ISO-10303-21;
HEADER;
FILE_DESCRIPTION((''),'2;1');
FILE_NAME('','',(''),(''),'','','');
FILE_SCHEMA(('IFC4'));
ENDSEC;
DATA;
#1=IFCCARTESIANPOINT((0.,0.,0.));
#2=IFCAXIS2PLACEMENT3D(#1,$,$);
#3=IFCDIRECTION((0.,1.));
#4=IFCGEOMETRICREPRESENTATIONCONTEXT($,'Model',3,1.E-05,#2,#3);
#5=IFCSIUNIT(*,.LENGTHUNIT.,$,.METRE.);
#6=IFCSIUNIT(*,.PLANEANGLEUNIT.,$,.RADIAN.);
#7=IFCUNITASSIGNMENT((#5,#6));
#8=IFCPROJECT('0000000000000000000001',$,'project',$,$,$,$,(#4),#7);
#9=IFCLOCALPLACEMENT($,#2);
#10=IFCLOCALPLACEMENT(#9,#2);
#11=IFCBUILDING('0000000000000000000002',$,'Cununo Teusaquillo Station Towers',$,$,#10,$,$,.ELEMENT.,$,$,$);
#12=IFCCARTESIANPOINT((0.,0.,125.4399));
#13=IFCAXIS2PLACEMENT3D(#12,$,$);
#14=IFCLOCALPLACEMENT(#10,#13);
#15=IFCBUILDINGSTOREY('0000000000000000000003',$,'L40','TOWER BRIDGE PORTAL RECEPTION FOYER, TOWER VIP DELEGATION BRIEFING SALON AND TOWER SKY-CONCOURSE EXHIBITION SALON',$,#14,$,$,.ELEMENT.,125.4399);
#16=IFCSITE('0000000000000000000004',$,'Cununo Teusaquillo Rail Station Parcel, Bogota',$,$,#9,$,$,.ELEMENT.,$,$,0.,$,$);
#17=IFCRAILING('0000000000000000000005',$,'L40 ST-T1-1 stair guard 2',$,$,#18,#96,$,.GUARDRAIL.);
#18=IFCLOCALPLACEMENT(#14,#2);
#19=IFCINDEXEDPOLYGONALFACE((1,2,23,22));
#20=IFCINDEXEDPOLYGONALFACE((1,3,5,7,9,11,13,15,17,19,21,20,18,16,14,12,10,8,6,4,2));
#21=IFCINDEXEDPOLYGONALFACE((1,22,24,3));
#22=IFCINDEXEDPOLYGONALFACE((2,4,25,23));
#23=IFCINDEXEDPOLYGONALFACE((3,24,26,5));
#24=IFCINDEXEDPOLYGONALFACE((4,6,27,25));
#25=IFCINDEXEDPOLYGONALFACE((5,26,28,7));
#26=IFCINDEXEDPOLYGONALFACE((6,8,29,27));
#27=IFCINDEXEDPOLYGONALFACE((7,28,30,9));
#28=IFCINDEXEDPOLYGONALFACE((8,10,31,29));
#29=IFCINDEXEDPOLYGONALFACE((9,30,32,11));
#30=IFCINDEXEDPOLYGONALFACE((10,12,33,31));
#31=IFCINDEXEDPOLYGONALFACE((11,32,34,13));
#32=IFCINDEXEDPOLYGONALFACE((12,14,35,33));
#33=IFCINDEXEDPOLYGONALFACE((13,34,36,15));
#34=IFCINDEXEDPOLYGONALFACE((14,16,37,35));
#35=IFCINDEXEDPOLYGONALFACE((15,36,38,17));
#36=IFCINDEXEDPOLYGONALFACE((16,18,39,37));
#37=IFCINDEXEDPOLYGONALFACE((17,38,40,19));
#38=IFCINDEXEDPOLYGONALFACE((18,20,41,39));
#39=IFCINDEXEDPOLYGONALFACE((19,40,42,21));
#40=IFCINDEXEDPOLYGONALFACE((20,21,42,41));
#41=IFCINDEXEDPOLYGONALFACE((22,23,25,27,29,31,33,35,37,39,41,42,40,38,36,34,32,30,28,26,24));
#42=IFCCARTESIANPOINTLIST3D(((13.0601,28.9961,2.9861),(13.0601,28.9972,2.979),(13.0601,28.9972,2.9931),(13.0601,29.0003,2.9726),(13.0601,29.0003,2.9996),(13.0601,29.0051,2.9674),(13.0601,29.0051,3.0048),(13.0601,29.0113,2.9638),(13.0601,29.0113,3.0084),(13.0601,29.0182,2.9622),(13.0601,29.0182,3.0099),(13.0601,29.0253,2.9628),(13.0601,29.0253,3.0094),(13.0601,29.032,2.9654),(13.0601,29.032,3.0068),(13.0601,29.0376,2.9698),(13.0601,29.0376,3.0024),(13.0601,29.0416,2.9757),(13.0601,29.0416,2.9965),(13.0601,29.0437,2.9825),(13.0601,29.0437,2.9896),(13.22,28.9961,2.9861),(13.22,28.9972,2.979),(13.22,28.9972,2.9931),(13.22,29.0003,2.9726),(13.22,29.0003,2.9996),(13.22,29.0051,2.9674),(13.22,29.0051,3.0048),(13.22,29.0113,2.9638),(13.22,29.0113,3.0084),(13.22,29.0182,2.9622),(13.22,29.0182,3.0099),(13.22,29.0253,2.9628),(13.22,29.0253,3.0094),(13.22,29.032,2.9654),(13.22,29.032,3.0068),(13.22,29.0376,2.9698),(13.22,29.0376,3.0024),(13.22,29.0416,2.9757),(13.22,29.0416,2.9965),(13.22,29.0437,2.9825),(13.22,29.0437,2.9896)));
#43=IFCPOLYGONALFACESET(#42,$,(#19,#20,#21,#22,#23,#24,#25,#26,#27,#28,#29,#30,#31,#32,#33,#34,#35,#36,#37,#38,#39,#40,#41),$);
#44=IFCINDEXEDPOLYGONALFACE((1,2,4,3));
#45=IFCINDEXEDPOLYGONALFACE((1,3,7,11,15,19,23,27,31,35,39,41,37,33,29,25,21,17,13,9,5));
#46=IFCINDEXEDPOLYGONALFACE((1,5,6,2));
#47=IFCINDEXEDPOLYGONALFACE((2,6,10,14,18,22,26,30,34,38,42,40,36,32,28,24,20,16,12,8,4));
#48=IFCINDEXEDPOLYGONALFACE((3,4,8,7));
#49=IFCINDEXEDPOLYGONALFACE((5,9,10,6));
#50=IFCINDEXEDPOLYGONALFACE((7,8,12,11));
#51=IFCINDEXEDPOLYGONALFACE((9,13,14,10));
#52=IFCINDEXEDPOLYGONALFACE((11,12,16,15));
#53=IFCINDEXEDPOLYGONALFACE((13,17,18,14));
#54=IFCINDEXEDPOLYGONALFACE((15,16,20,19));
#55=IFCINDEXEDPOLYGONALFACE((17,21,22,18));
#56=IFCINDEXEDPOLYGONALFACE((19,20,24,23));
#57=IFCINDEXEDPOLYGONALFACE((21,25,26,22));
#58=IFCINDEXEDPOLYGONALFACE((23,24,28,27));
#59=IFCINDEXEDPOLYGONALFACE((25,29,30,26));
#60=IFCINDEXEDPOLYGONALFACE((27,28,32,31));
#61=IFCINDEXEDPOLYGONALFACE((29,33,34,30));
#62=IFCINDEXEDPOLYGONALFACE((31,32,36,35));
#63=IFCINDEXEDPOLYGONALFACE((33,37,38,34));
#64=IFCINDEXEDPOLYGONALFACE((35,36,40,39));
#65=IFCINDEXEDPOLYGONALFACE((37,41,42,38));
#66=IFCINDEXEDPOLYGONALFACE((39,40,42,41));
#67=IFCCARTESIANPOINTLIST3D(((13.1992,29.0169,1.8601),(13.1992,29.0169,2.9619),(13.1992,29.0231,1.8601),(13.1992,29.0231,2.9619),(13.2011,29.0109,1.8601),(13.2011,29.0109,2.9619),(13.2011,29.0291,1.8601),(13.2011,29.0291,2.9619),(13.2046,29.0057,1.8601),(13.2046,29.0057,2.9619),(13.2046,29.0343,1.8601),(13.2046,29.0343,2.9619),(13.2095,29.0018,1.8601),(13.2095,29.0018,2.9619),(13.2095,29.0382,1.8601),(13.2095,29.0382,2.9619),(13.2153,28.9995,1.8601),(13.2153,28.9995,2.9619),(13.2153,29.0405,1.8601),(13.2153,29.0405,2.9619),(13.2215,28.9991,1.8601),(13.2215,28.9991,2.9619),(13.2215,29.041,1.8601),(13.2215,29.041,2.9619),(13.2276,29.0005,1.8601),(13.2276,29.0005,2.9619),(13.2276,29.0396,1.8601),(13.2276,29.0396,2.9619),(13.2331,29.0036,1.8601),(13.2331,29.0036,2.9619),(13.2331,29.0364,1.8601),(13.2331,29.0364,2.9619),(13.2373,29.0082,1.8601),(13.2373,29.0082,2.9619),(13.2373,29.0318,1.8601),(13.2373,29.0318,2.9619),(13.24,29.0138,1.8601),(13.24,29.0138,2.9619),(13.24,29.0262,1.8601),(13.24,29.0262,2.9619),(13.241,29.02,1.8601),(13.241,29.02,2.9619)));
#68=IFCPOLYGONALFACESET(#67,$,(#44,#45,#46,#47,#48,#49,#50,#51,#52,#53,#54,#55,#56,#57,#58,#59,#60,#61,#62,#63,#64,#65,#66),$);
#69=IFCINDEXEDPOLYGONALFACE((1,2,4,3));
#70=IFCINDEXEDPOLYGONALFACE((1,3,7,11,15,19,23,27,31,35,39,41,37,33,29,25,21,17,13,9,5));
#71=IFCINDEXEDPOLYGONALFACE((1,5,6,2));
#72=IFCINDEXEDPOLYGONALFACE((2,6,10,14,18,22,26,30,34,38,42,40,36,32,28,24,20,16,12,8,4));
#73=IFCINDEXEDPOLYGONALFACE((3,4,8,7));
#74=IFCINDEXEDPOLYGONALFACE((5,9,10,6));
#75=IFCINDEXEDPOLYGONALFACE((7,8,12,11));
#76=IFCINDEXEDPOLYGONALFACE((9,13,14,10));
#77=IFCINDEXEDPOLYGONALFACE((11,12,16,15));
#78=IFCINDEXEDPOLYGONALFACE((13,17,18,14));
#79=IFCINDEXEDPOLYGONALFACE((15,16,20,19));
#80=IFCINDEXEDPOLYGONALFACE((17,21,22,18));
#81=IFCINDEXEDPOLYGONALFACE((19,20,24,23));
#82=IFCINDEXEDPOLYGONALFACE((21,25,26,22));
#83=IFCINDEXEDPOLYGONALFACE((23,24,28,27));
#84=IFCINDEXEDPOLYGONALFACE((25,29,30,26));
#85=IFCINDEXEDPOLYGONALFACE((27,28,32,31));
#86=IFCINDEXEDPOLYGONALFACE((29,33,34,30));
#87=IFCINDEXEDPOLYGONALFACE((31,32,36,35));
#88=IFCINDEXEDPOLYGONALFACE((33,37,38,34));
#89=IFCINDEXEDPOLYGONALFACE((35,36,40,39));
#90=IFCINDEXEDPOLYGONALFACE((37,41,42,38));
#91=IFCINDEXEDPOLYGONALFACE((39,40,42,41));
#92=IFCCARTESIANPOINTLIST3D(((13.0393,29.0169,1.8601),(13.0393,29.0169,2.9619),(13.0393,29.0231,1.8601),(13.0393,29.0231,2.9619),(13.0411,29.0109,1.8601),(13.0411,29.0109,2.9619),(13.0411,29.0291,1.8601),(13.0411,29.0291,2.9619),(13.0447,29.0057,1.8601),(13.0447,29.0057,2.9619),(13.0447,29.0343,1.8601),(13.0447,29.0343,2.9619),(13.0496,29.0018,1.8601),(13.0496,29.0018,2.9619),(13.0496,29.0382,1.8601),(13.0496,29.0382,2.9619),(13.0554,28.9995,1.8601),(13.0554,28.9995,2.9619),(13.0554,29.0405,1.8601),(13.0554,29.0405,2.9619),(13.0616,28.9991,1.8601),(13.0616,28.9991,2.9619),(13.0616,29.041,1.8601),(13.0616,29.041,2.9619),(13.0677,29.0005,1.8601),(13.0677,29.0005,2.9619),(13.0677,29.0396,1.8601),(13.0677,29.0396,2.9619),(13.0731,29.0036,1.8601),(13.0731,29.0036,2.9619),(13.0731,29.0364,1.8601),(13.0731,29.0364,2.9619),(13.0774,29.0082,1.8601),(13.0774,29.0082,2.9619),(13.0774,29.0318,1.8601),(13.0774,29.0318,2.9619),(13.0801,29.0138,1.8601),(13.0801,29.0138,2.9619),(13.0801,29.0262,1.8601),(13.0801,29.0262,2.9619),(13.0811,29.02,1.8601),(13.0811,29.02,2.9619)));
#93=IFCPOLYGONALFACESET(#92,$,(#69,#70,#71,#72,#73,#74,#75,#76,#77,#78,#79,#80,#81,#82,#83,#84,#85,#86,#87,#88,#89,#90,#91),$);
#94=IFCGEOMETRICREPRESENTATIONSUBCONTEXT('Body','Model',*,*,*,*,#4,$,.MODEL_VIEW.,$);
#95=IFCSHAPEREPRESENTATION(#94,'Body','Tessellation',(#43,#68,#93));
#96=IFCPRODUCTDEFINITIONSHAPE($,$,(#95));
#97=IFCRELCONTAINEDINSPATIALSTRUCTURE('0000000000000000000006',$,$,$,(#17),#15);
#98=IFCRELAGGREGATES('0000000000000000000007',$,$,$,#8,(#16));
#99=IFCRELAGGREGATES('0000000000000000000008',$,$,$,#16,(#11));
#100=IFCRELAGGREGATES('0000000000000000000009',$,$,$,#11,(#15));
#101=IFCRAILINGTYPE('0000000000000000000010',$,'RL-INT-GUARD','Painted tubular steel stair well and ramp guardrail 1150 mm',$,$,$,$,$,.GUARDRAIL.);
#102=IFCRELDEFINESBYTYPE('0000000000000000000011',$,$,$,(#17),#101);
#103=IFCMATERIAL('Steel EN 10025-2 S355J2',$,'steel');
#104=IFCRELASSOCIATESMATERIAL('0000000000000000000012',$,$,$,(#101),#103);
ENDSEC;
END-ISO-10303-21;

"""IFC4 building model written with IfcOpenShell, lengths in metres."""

from ifc_helpers import new_model, si_unit, direction, frame, origin, origin_2d, place, context, subcontext, project, spatial, circle, extrude, material, type_object, element, save


model = new_model("IFC4")

# Units and contexts
model_context = context("Model", 3, precision=1e-05, world=origin(), true_north=direction((0.0, 1.0)))
body_context = subcontext(model_context, "Body", "Model", "MODEL_VIEW")
ifc_project = project(units=[si_unit("LENGTHUNIT", "METRE"), si_unit("PLANEANGLEUNIT", "RADIAN")], contexts=[model_context])

# Site, building, storey
site_placement = place(None, origin())
site = spatial("IfcSite", under=ifc_project, at=site_placement, Name="Cununo Teusaquillo Rail Station Parcel, Bogota", CompositionType="ELEMENT", RefElevation=0.0)
building_placement = place(site_placement, origin())
building = spatial("IfcBuilding", under=site, at=building_placement, Name="Cununo Teusaquillo Station Towers", CompositionType="ELEMENT")
storey_placement = place(building_placement, frame((0.0, 0.0, 125.4399)))
storey = spatial("IfcBuildingStorey", under=building, at=storey_placement, Name="L40", Description="TOWER BRIDGE PORTAL RECEPTION FOYER, TOWER VIP DELEGATION BRIEFING SALON AND TOWER SKY-CONCOURSE EXHIBITION SALON", CompositionType="ELEMENT", Elevation=125.4399)

# Railing
ifc_material_1 = material(Name="Steel EN 10025-2 S355J2", Category="steel")
railing_type_1 = type_object("IfcRailingType", Name="RL-INT-GUARD", Description="Painted tubular steel stair well and ramp guardrail 1150 mm", PredefinedType="GUARDRAIL", material=ifc_material_1)
railing_1_placement = place(storey_placement, frame((13.22, 29.02, 1.8601)))
element("IfcRailing", 1, at=railing_1_placement, inside=storey, type_object=railing_type_1, Name="L40 ST-T1-1 stair guard 2", PredefinedType="GUARDRAIL", context=body_context, shape_type="SweptSolid", body=[
    extrude(circle(Radius=0.0239, at=origin_2d()), frame((0.0, 0.0, 1.126), z_axis=(-1.0, 0.0, 0.0), x_axis=(0.0, -1.0, 0.0)), (0.0, 0.0, 1.0), 0.1599),
    extrude(circle(Radius=0.021, at=origin_2d()), origin(), (0.0, 0.0, 1.0), 1.1018),
    extrude(circle(Radius=0.021, at=origin_2d()), frame((-0.1599, 0.0, 0.0)), (0.0, 0.0, 1.0), 1.1018),
])

save(model, "model.ifc")
